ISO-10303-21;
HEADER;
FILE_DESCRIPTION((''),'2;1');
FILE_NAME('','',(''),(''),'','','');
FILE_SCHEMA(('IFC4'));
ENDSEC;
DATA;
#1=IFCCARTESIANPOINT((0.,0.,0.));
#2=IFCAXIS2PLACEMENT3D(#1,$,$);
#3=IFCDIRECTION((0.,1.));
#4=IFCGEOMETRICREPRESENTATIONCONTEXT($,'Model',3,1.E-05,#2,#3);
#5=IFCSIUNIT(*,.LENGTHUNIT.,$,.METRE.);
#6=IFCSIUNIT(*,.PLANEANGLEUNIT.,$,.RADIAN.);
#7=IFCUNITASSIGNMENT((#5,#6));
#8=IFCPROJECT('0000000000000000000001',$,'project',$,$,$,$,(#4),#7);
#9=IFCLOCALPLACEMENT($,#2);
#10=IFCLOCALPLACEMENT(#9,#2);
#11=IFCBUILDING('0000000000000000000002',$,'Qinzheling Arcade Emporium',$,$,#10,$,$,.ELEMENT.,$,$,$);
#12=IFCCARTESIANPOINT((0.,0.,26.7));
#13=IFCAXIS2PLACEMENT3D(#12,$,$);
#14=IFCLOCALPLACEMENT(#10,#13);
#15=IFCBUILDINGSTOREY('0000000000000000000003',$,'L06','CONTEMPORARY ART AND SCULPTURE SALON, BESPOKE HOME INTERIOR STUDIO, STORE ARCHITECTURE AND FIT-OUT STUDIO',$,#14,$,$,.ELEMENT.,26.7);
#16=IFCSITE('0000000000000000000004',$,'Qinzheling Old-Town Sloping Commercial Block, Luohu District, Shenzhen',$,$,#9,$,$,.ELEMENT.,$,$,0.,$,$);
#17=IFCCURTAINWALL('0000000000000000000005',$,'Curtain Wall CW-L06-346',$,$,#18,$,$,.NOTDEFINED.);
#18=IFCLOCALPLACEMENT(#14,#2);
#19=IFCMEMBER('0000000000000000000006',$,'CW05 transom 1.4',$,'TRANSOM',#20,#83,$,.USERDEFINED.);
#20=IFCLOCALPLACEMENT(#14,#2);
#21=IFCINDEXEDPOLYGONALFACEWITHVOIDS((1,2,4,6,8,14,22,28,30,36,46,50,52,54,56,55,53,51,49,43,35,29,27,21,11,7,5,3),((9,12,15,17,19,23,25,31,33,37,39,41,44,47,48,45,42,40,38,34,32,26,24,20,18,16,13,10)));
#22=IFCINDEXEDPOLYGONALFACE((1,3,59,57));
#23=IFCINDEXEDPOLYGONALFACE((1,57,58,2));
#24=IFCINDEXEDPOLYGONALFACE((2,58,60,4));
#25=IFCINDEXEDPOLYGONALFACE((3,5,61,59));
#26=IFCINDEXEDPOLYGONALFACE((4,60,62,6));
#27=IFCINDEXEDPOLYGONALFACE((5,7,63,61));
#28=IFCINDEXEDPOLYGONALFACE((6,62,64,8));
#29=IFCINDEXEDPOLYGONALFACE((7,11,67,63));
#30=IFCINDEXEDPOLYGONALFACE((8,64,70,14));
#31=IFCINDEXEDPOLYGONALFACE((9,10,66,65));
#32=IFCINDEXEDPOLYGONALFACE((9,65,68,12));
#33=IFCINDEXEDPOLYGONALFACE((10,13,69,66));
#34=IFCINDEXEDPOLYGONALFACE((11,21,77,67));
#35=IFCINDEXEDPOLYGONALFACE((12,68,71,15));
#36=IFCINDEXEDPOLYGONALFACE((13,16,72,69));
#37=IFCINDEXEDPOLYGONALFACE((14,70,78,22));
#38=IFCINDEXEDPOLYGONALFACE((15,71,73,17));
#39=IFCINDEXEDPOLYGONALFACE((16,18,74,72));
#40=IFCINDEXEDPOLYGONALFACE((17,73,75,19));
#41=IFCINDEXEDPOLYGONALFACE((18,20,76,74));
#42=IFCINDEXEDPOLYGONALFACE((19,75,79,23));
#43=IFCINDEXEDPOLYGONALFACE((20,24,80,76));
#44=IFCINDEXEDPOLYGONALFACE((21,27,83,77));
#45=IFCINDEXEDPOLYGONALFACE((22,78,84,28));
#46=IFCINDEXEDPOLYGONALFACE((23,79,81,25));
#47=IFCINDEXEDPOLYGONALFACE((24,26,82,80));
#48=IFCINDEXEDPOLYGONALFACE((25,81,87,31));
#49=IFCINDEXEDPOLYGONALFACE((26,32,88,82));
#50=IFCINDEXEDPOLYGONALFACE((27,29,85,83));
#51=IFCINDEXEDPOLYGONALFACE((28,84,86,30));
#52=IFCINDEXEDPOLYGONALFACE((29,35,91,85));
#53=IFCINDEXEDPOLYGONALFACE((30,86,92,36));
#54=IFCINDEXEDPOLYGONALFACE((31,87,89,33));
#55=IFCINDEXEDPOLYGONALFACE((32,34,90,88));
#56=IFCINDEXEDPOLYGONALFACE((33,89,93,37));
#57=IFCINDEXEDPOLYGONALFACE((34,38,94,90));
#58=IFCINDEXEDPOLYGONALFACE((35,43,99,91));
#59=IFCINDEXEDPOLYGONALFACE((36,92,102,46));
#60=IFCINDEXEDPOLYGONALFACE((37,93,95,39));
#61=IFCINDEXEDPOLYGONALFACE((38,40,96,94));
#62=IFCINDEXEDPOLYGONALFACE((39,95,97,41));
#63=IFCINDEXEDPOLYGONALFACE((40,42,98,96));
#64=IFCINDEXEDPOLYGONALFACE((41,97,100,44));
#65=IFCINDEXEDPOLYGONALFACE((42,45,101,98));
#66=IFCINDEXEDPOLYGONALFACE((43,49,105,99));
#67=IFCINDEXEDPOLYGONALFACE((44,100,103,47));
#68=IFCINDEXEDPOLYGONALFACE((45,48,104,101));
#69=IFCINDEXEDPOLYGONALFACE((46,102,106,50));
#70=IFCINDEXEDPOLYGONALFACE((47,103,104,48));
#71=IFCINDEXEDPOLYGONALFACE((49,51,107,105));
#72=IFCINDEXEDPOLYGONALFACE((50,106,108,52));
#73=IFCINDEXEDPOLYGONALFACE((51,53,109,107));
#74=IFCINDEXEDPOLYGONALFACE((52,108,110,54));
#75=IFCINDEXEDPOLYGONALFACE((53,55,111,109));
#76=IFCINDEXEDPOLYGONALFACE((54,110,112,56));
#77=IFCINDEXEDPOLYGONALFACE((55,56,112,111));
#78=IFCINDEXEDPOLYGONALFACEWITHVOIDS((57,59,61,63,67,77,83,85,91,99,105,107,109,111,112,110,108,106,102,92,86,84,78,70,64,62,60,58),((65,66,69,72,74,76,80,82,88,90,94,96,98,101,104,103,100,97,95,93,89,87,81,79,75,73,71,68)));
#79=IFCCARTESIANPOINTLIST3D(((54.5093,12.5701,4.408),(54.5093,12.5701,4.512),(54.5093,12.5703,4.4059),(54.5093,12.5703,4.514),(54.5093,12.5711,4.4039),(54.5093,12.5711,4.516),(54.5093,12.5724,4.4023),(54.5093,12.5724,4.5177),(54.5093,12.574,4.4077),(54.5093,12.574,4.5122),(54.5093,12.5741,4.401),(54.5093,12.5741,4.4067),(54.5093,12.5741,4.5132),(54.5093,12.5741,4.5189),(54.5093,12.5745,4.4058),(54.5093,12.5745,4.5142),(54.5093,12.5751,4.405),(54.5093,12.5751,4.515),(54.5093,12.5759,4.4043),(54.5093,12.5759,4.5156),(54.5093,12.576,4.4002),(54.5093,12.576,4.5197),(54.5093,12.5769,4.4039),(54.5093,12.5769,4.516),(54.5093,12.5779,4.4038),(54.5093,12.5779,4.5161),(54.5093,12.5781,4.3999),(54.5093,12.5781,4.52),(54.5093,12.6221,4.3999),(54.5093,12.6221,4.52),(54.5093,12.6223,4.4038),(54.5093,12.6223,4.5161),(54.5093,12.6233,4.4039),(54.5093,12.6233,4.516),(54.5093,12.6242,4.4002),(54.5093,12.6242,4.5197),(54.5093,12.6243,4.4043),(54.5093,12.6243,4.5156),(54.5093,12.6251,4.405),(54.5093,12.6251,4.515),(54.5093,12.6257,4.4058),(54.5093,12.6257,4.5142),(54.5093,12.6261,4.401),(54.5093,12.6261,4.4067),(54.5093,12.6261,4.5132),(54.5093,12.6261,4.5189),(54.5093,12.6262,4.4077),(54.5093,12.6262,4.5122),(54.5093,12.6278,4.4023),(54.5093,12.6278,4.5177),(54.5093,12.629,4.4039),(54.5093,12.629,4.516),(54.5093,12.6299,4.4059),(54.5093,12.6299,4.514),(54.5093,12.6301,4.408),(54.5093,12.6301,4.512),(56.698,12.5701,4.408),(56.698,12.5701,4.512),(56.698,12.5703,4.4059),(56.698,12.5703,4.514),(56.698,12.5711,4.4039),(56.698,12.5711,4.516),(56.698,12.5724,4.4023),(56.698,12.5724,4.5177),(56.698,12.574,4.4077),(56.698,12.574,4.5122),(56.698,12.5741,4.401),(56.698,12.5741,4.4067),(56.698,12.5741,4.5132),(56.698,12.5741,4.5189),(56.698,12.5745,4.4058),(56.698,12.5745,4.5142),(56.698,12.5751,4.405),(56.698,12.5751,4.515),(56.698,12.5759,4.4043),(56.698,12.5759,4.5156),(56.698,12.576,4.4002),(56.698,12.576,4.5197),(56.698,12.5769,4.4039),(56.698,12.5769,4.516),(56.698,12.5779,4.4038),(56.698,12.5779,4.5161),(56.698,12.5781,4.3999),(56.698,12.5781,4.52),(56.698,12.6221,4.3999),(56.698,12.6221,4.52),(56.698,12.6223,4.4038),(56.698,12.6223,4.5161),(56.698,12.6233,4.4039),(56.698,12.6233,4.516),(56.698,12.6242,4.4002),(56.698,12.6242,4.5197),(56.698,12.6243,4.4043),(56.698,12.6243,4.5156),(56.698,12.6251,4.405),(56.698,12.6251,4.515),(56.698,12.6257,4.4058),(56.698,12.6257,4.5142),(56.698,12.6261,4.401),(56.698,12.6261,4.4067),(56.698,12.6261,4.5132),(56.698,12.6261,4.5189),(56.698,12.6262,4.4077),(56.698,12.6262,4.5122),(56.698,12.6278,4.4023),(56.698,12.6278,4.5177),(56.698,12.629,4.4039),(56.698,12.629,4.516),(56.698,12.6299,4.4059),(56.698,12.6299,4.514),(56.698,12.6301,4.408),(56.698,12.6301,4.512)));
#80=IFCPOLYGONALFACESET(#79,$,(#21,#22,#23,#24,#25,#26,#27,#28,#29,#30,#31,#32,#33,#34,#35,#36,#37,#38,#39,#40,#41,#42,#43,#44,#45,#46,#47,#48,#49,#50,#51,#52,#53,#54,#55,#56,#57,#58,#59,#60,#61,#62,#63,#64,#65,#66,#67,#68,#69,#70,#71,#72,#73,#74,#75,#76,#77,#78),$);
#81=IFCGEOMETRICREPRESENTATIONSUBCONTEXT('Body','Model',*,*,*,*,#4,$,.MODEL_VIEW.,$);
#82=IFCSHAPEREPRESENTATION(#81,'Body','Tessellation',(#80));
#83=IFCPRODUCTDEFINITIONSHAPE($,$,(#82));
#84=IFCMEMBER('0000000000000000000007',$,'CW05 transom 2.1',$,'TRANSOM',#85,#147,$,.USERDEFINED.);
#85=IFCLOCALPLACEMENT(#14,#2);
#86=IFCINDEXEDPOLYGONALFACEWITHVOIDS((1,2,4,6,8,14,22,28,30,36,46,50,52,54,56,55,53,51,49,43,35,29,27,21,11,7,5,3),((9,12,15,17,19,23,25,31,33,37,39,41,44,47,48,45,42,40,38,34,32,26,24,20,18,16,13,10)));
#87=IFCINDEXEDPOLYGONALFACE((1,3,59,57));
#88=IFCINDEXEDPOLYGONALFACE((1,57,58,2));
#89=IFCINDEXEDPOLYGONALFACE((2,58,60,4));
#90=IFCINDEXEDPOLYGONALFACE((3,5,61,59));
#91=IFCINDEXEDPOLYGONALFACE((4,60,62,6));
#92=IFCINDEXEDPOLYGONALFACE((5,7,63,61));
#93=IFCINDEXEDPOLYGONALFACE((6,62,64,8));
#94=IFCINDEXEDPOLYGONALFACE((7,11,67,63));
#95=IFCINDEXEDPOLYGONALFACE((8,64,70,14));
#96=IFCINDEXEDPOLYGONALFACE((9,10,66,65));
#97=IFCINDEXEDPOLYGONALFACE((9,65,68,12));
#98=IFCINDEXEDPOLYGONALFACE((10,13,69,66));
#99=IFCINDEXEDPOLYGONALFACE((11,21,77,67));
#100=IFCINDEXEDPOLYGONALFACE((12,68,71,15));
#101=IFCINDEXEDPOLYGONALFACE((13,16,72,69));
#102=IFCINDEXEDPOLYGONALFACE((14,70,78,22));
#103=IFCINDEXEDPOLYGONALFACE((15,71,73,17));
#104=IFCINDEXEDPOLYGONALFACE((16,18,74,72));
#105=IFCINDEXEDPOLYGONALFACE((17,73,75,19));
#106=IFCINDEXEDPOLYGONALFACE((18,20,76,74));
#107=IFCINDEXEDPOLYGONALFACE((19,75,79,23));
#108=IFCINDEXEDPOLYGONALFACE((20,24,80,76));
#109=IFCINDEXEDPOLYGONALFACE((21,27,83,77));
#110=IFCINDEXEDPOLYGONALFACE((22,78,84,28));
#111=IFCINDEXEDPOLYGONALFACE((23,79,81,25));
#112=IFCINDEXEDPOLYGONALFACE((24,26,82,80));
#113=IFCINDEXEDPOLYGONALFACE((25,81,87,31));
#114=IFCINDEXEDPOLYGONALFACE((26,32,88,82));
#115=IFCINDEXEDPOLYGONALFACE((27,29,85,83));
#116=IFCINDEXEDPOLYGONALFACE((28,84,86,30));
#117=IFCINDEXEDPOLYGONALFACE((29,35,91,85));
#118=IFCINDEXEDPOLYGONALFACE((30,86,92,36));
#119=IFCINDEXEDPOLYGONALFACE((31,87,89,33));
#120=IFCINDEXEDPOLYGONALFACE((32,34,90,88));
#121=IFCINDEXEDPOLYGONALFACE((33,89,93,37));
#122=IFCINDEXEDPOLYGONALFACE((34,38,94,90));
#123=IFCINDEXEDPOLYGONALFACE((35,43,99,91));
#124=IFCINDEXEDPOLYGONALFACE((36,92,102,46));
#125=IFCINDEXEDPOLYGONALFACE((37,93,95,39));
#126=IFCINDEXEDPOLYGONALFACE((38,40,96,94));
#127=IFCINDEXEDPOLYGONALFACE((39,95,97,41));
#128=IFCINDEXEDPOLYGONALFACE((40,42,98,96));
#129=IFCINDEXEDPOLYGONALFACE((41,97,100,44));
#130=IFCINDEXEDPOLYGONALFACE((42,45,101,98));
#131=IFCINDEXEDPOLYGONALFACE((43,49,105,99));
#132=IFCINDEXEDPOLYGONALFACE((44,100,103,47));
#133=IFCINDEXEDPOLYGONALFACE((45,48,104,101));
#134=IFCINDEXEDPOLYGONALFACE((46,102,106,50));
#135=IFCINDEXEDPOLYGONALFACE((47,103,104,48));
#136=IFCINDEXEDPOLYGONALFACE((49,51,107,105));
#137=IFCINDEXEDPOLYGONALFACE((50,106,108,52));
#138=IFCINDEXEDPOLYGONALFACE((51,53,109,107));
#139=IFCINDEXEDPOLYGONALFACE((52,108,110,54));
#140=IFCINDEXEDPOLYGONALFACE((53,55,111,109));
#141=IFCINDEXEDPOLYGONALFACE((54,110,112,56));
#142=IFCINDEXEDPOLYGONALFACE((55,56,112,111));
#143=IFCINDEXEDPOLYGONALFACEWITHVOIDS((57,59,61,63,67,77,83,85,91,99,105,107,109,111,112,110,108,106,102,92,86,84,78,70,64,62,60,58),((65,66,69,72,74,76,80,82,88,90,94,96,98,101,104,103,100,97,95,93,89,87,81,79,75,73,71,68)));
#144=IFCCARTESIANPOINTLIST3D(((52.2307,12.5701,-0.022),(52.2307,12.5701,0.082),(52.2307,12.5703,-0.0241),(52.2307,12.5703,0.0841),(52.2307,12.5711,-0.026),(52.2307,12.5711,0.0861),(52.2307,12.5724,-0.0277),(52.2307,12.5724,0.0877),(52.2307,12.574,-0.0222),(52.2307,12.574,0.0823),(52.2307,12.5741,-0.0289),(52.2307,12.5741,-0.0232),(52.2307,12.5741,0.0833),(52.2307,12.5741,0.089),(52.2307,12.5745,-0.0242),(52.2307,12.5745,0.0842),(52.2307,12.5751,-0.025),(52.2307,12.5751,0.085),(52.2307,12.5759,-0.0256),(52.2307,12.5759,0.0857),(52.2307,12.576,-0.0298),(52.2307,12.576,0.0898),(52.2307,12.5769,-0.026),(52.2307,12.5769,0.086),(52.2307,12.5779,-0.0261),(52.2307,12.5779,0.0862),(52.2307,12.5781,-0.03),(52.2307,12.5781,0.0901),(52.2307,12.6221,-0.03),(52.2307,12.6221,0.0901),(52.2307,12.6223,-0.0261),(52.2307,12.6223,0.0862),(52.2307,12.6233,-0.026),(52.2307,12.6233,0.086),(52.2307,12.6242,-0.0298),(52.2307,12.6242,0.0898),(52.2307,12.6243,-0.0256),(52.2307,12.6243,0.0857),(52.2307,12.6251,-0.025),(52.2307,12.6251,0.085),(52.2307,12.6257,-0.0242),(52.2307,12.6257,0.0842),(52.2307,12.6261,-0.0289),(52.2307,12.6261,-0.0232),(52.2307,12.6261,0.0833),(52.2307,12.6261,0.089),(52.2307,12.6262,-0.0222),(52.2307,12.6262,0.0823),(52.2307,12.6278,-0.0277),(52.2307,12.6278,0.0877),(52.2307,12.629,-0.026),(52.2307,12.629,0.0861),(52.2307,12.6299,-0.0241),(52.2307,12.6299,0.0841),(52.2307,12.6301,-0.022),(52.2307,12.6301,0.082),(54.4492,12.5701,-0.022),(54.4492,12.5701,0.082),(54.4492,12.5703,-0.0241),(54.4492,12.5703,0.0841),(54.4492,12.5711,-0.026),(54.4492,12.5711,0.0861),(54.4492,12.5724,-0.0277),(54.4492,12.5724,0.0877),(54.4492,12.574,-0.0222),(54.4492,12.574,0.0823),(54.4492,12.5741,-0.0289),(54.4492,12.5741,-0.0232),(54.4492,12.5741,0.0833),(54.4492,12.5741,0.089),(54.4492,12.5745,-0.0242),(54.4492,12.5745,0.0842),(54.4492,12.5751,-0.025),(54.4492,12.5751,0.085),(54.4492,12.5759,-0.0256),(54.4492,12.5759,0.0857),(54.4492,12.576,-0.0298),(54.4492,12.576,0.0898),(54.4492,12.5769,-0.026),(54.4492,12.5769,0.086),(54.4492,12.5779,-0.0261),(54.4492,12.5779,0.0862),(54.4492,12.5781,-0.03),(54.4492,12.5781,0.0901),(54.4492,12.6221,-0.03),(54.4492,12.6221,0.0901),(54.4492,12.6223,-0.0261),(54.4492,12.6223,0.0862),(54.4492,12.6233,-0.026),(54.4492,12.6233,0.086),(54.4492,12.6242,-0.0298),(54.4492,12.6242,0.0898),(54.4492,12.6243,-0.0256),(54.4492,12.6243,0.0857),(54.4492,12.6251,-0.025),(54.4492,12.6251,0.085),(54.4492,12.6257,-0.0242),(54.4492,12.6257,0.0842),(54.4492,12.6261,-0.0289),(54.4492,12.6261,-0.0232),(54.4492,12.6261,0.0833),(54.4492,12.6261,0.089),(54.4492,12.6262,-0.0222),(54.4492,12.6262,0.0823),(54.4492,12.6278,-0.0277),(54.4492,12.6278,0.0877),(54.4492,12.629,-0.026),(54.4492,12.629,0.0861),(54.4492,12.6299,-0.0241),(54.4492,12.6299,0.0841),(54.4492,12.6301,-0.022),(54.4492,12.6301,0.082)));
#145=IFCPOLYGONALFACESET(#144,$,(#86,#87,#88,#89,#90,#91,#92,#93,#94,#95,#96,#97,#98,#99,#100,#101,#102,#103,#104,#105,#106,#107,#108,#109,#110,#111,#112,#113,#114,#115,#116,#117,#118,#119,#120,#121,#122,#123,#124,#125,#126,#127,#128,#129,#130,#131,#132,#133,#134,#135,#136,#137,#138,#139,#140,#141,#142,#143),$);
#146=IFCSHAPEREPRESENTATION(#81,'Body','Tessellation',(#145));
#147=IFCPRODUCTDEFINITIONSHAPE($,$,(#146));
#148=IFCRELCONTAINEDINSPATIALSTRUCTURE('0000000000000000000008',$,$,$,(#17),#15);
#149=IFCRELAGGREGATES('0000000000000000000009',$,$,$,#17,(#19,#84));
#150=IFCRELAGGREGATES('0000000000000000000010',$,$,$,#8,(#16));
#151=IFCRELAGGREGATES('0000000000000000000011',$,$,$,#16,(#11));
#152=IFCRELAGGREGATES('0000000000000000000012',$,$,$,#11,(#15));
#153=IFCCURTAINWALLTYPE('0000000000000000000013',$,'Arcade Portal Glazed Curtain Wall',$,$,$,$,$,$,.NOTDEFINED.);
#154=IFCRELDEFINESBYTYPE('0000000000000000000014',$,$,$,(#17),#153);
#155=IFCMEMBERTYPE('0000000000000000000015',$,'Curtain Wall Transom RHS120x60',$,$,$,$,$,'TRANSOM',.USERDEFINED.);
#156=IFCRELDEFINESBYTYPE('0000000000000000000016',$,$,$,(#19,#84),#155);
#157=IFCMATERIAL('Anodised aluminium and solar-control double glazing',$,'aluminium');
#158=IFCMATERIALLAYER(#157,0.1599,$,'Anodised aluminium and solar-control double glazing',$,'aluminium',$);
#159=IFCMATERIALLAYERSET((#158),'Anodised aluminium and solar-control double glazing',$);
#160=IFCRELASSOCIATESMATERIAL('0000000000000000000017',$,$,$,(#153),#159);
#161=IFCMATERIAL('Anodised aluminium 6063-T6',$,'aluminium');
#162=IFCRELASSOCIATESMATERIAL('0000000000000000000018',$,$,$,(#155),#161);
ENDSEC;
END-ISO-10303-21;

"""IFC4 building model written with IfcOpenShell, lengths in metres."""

from ifc_helpers import new_model, si_unit, direction, frame, origin, origin_2d, place, context, subcontext, project, spatial, hollow_rectangle, extrude, material, layer, layer_set, material_profile, profile_set, type_object, element, aggregate, save


model = new_model("IFC4")

# Units and contexts
model_context = context("Model", 3, precision=1e-05, world=origin(), true_north=direction((0.0, 1.0)))
body_context = subcontext(model_context, "Body", "Model", "MODEL_VIEW")
ifc_project = project(units=[si_unit("LENGTHUNIT", "METRE"), si_unit("PLANEANGLEUNIT", "RADIAN")], contexts=[model_context])

# Site, building, storey
site_placement = place(None, origin())
site = spatial("IfcSite", under=ifc_project, at=site_placement, Name="Qinzheling Old-Town Sloping Commercial Block, Luohu District, Shenzhen", CompositionType="ELEMENT", RefElevation=0.0)
building_placement = place(site_placement, origin())
building = spatial("IfcBuilding", under=site, at=building_placement, Name="Qinzheling Arcade Emporium", CompositionType="ELEMENT")
storey_placement = place(building_placement, frame((0.0, 0.0, 26.7)))
storey = spatial("IfcBuildingStorey", under=building, at=storey_placement, Name="L06", Description="CONTEMPORARY ART AND SCULPTURE SALON, BESPOKE HOME INTERIOR STUDIO, STORE ARCHITECTURE AND FIT-OUT STUDIO", CompositionType="ELEMENT", Elevation=26.7)

# Curtain wall
ifc_material_1 = material(Name="Anodised aluminium and solar-control double glazing", Category="aluminium")
ifc_layer_1 = layer(ifc_material_1, 0.1599, Name="Anodised aluminium and solar-control double glazing", Category="aluminium")
ifc_layer_set_1 = layer_set([ifc_layer_1], Name="Anodised aluminium and solar-control double glazing")
curtain_wall_type = type_object("IfcCurtainWallType", Name="Arcade Portal Glazed Curtain Wall", PredefinedType="NOTDEFINED", material=ifc_layer_set_1)
curtain_wall_1_placement = place(storey_placement, origin())
curtain_wall_1 = element("IfcCurtainWall", 1, at=curtain_wall_1_placement, inside=storey, type_object=curtain_wall_type, Name="Curtain Wall CW-L06-346", PredefinedType="NOTDEFINED")
ifc_material_2 = material(Name="Anodised aluminium 6063-T6", Category="aluminium")

# Members
ifc_material_profile_1 = material_profile(ifc_material_2, hollow_rectangle(XDim=0.0601, YDim=0.1201, WallThickness=0.0039, InnerFilletRadius=0.0039, OuterFilletRadius=0.0081, at=origin_2d()), Name="RHS 120x60x4", Category="aluminium")
ifc_profile_set_1 = profile_set([ifc_material_profile_1], Name="Anodised aluminium 6063-T6")
member_type_1 = type_object("IfcMemberType", Name="Curtain Wall Transom RHS120x60", ElementType="TRANSOM", PredefinedType="USERDEFINED", material=ifc_profile_set_1)
member_1_placement = place(storey_placement, frame((56.698, 12.6001, 4.46), z_axis=(-1.0, 0.0, 0.0), x_axis=(0.0, -1.0, 0.0)))
member_1 = element("IfcMember", 2, at=member_1_placement, type_object=member_type_1, Name="CW05 transom 1.4", ObjectType="TRANSOM", PredefinedType="USERDEFINED", context=body_context, shape_type="SweptSolid", body=[
    extrude(hollow_rectangle(XDim=0.0601, YDim=0.1201, WallThickness=0.0039, InnerFilletRadius=0.0039, OuterFilletRadius=0.0081, at=origin_2d()), origin(), (0.0, 0.0, 1.0), 2.1887),
])
member_2_placement = place(storey_placement, frame((54.4492, 12.6001, 0.03), z_axis=(-1.0, 0.0, 0.0), x_axis=(0.0, -1.0, 0.0)))
member_2 = element("IfcMember", 3, at=member_2_placement, type_object=member_type_1, Name="CW05 transom 2.1", ObjectType="TRANSOM", PredefinedType="USERDEFINED", context=body_context, shape_type="SweptSolid", body=[
    extrude(hollow_rectangle(XDim=0.0601, YDim=0.1201, WallThickness=0.0039, InnerFilletRadius=0.0039, OuterFilletRadius=0.0081, at=origin_2d()), origin(), (0.0, 0.0, 1.0), 2.2185),
])

aggregate(curtain_wall_1, [member_1, member_2])

save(model, "model.ifc")
